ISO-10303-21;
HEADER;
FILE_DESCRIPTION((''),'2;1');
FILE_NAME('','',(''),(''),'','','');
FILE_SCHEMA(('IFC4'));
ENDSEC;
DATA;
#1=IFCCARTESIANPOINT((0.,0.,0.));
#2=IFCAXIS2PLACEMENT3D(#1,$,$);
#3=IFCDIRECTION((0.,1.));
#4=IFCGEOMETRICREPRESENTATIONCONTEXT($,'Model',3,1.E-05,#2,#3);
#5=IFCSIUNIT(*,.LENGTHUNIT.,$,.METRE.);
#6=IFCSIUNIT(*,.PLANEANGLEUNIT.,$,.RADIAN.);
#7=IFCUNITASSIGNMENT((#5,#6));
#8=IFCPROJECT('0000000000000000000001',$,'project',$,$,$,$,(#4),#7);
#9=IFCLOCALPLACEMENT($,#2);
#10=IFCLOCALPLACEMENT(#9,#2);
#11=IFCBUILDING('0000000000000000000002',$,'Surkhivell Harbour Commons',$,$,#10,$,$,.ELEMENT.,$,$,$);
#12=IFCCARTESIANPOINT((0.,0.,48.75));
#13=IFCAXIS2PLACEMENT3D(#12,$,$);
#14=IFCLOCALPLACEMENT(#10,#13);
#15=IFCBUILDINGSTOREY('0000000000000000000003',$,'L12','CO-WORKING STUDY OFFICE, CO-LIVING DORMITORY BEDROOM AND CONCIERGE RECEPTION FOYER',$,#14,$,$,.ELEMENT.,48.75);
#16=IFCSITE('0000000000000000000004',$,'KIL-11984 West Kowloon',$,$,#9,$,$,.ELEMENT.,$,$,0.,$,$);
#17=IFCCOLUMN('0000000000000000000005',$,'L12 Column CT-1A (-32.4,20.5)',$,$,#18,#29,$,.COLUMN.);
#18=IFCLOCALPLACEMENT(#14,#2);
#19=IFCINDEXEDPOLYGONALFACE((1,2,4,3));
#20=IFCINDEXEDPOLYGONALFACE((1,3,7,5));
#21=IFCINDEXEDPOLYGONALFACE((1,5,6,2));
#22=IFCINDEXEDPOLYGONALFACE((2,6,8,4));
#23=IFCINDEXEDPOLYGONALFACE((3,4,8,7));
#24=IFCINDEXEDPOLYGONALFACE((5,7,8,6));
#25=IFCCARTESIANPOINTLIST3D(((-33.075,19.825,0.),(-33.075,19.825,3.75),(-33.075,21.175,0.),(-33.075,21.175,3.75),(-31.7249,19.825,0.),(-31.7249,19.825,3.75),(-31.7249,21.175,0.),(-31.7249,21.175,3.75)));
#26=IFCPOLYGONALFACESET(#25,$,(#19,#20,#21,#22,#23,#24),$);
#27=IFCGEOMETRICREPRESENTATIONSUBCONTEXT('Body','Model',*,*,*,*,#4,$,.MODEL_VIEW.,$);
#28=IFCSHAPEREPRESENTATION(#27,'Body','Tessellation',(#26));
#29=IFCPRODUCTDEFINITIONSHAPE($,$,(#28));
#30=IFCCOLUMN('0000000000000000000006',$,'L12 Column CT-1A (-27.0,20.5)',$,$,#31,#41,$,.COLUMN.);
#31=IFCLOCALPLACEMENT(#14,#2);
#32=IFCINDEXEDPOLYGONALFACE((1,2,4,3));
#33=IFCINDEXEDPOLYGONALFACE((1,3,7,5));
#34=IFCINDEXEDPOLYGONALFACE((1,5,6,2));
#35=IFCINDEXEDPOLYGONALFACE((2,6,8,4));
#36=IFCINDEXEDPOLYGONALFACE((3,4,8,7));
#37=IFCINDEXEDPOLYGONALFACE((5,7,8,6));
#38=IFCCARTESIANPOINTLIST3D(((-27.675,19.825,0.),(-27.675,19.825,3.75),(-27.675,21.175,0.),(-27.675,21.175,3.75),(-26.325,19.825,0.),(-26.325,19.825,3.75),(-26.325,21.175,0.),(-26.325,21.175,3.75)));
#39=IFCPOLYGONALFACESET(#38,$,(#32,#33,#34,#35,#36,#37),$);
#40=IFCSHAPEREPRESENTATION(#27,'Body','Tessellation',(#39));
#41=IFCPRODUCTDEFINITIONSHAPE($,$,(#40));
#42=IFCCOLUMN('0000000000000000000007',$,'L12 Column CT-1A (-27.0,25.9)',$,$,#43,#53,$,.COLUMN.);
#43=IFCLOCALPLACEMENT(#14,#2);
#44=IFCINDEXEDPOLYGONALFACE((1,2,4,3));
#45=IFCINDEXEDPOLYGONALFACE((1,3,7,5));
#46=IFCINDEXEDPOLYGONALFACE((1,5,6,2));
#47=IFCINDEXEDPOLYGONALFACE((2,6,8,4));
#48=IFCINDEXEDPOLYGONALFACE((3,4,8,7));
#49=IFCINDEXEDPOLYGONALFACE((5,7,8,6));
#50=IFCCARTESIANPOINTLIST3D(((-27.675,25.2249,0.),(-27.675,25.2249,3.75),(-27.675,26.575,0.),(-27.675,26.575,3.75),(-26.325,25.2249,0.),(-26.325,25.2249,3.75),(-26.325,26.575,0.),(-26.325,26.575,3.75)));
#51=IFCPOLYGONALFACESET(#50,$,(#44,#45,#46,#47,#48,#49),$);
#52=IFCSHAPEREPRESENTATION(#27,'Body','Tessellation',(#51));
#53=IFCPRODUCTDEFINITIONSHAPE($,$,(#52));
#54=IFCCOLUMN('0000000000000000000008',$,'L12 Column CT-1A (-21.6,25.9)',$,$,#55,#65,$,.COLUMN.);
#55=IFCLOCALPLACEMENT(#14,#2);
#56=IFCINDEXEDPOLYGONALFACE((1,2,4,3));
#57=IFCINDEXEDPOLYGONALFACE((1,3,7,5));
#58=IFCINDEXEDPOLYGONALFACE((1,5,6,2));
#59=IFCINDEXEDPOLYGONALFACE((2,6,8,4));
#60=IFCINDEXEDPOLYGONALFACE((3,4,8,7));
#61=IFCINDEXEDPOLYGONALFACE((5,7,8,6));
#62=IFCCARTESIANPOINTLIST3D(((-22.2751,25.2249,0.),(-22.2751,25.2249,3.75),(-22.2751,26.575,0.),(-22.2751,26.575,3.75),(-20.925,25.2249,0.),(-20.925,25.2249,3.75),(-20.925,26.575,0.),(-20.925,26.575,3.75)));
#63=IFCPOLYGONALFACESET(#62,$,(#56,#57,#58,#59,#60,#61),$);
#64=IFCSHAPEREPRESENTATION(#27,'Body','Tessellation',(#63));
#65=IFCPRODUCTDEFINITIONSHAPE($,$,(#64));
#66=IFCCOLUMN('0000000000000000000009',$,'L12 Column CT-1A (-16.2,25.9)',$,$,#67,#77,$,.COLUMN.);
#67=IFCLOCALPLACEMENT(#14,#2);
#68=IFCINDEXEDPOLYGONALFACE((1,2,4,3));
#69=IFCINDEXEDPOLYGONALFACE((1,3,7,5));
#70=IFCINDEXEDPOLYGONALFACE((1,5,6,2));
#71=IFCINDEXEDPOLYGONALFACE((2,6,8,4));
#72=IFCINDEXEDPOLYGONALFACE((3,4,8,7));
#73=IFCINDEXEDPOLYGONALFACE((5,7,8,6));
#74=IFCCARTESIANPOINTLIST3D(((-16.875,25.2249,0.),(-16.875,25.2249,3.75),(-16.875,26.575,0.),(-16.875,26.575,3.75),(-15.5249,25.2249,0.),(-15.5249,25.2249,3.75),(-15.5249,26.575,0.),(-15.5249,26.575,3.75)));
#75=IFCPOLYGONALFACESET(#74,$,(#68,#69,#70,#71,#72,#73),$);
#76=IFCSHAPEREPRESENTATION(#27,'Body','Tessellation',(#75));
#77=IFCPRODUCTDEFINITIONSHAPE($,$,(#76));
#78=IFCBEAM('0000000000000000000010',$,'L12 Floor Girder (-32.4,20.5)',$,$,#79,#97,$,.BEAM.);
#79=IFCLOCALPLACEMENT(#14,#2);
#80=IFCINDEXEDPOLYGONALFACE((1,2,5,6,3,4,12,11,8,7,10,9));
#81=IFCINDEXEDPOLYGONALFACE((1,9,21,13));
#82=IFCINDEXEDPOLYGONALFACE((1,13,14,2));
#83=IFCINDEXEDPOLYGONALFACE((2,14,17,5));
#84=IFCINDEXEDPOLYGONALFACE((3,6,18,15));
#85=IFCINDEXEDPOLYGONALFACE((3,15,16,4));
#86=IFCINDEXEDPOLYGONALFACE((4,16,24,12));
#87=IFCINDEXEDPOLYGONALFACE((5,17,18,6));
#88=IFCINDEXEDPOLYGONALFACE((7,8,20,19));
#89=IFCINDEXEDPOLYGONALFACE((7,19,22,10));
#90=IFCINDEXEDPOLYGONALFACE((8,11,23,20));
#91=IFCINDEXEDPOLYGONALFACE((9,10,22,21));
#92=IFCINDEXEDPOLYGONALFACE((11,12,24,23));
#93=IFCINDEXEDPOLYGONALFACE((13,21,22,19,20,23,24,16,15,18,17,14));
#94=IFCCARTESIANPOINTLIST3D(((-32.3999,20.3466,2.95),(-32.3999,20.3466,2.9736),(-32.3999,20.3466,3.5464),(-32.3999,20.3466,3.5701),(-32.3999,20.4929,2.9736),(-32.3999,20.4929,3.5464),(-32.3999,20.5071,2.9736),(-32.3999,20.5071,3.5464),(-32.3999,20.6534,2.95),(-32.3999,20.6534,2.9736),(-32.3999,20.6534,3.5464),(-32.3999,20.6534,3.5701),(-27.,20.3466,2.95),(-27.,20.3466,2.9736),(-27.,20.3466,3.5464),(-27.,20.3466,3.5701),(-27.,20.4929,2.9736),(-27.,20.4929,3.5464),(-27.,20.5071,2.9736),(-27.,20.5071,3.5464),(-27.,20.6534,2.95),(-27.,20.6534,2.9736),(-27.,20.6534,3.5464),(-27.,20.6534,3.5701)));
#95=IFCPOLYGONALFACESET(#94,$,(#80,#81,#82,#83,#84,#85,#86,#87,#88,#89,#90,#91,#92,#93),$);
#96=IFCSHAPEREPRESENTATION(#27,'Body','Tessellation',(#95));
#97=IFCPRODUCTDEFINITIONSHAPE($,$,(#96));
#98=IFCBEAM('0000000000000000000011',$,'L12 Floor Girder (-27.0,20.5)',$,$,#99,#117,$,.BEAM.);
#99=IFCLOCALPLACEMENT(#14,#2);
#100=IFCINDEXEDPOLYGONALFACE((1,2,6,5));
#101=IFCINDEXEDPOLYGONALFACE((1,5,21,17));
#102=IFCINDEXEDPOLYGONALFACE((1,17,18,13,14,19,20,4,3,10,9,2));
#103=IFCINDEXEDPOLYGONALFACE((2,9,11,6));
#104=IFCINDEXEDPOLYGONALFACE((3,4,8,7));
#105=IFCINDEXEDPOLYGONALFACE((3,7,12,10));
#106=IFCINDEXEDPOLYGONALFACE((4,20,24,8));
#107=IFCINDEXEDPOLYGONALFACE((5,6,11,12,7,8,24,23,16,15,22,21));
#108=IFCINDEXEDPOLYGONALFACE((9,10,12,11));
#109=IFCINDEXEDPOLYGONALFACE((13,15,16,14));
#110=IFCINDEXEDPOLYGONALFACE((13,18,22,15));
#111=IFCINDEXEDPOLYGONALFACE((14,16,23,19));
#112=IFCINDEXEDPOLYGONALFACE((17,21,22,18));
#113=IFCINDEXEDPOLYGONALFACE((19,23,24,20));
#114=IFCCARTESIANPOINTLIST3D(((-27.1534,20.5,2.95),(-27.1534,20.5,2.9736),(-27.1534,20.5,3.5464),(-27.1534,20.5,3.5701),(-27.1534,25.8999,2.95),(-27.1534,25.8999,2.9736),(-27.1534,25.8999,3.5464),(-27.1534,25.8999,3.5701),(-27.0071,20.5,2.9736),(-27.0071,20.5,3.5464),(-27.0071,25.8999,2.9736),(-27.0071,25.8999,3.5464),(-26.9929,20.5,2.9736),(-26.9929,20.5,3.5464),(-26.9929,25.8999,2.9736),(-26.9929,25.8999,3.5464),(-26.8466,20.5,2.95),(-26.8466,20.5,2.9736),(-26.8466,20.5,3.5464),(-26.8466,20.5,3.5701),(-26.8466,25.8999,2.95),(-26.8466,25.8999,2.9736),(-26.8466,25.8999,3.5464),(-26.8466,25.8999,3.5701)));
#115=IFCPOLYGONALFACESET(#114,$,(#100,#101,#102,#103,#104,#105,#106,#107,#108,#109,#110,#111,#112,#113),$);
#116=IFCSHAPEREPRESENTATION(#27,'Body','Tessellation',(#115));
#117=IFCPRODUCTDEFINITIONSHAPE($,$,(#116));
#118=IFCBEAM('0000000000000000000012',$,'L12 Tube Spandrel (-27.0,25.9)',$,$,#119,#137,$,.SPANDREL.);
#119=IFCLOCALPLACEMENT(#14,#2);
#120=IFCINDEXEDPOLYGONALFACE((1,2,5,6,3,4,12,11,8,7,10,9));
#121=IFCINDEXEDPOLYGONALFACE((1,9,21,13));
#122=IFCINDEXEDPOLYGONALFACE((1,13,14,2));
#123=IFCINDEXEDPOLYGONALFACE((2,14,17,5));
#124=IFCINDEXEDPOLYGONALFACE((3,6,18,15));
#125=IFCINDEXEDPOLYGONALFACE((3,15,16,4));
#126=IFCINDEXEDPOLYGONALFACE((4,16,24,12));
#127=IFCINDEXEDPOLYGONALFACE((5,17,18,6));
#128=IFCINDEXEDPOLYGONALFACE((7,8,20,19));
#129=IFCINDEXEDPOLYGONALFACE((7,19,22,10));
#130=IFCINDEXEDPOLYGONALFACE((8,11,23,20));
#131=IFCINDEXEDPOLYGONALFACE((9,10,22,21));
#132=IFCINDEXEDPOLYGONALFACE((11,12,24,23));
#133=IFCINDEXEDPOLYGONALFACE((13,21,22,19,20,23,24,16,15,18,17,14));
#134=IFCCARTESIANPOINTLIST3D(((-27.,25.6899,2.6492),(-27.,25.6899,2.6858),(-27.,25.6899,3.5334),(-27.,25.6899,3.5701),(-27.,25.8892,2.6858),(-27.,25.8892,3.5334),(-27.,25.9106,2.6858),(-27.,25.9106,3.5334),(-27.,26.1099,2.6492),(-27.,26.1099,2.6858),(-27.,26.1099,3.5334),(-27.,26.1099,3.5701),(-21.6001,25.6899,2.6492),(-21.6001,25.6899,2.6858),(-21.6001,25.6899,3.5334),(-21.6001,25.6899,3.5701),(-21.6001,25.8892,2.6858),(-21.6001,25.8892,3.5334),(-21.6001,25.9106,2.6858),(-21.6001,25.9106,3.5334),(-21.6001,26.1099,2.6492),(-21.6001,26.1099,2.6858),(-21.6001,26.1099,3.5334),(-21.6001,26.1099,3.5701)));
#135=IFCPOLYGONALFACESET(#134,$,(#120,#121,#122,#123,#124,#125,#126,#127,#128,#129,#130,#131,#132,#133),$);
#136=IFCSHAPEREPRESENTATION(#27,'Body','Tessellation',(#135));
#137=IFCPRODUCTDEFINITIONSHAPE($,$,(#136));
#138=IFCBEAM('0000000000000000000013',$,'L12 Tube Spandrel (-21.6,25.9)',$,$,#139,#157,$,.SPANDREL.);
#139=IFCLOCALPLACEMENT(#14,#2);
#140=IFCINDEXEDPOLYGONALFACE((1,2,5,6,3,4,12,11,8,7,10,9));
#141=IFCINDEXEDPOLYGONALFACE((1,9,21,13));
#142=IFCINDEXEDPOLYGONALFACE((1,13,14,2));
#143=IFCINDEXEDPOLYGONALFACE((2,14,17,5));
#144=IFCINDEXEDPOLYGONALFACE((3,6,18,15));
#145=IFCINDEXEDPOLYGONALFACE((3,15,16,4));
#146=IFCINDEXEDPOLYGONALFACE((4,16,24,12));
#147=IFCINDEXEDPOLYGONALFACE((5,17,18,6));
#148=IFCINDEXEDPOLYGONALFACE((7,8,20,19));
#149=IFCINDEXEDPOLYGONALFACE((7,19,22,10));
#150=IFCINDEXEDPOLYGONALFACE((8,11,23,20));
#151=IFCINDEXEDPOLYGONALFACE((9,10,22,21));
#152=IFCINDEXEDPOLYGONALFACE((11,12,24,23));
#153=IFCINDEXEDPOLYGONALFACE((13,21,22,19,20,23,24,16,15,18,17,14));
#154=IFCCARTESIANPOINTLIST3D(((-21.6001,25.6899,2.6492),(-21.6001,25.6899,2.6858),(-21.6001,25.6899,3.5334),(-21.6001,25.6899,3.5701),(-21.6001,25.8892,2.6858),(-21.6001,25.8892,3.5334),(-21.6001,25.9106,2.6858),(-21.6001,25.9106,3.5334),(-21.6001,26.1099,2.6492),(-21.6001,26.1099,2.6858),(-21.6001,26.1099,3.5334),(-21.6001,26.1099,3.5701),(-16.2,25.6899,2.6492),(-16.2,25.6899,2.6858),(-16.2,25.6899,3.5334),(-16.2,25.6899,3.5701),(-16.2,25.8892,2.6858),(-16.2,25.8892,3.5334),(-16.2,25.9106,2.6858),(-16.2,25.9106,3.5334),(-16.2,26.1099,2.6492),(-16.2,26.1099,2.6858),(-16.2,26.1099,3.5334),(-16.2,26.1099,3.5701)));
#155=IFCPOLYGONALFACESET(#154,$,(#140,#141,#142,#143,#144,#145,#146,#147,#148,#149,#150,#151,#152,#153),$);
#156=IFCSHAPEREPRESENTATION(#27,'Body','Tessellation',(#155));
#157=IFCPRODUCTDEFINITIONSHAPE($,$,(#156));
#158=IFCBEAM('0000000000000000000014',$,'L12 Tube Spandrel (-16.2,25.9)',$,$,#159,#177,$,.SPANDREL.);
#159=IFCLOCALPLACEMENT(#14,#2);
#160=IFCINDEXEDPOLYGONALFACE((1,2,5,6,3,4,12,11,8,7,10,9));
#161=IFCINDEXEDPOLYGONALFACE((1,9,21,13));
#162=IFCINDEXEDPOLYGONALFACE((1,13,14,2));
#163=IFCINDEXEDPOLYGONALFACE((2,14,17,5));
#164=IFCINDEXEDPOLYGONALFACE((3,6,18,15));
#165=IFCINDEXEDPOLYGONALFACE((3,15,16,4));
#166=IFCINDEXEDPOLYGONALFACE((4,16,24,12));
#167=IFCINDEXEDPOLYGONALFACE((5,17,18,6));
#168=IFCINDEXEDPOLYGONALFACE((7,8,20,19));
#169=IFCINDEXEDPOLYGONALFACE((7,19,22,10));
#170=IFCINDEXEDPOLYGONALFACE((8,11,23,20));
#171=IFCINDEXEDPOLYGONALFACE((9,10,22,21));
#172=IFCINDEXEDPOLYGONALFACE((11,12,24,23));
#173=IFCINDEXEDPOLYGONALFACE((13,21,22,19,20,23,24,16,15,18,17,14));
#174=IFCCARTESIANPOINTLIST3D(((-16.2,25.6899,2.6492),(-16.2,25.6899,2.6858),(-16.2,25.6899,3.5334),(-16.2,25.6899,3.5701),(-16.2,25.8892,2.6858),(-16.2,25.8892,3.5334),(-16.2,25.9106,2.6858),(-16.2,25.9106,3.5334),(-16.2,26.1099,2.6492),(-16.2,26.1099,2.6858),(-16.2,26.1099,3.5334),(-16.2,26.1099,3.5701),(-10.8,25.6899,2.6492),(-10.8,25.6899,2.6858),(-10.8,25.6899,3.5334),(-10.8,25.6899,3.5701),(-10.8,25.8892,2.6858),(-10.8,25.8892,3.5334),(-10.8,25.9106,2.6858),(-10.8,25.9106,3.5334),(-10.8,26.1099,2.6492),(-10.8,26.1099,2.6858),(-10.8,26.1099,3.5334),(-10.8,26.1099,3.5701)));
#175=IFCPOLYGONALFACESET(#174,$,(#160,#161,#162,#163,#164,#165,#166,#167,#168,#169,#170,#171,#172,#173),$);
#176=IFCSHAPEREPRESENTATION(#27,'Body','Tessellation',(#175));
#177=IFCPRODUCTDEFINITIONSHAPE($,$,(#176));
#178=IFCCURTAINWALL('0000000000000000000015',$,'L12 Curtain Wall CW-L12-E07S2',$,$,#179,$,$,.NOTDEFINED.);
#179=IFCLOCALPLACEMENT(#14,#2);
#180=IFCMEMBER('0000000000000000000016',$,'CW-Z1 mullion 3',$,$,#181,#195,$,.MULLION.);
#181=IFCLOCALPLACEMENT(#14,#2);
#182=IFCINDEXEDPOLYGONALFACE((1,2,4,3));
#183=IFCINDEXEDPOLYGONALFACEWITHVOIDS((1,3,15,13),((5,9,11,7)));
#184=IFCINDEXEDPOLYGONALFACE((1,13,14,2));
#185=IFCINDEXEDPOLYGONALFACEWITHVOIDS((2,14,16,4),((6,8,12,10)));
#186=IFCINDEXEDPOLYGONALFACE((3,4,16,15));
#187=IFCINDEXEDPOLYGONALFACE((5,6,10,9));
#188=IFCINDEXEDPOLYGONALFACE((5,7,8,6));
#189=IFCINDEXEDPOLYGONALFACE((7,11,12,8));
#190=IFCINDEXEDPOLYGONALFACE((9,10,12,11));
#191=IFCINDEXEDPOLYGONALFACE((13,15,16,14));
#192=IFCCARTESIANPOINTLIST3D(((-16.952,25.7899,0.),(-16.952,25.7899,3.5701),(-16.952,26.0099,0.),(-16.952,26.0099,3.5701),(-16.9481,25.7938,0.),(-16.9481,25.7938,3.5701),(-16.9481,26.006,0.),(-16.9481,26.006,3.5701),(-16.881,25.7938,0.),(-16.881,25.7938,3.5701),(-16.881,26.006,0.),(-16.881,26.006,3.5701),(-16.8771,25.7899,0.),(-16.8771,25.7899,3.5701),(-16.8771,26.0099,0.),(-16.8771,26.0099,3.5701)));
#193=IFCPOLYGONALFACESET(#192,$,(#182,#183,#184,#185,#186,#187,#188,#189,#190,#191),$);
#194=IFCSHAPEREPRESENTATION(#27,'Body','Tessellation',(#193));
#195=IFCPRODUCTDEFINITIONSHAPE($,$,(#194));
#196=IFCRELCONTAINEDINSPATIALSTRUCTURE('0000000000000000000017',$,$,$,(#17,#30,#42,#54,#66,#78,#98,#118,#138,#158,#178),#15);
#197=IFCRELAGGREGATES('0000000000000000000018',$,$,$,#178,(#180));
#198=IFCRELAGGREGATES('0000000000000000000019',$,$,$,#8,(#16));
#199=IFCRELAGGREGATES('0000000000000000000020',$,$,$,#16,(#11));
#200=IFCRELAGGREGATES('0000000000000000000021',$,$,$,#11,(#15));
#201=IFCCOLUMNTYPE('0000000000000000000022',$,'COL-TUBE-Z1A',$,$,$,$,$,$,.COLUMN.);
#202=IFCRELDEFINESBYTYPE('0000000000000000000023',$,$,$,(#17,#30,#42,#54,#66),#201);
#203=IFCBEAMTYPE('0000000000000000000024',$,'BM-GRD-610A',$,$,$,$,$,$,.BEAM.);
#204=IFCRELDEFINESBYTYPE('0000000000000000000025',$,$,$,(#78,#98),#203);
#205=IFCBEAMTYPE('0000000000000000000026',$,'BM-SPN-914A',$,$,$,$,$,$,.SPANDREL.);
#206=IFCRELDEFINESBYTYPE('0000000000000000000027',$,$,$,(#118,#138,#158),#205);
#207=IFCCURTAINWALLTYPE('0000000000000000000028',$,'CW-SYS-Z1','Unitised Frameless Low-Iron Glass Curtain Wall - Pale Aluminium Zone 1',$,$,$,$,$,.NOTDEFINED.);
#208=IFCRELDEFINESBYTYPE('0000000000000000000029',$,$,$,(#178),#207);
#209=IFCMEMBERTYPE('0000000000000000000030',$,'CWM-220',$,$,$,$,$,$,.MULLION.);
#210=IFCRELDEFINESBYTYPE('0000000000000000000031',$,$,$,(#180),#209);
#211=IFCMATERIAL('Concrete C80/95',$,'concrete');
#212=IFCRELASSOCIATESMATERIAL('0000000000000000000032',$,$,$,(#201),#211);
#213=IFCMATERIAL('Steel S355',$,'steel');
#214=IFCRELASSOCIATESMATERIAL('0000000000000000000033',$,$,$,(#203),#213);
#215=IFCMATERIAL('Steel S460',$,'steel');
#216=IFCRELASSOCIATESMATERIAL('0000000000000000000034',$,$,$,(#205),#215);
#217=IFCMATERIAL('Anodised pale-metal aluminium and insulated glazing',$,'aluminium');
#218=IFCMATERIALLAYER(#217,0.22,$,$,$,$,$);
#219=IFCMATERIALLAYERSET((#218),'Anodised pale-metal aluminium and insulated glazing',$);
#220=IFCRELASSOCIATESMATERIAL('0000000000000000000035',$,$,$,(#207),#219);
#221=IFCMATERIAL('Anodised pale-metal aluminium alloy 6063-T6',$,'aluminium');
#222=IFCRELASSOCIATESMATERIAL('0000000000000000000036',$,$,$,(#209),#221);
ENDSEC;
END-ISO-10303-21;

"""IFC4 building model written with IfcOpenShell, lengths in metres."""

from ifc_helpers import new_model, si_unit, direction, frame, origin, origin_2d, place, context, subcontext, project, spatial, rectangle, hollow_rectangle, i_section, extrude, material, layer, layer_set, material_profile, profile_set, type_object, element, aggregate, save


model = new_model("IFC4")

# Units and contexts
model_context = context("Model", 3, precision=1e-05, world=origin(), true_north=direction((0.0, 1.0)))
body_context = subcontext(model_context, "Body", "Model", "MODEL_VIEW")
ifc_project = project(units=[si_unit("LENGTHUNIT", "METRE"), si_unit("PLANEANGLEUNIT", "RADIAN")], contexts=[model_context])

# Site, building, storey
site_placement = place(None, origin())
site = spatial("IfcSite", under=ifc_project, at=site_placement, Name="KIL-11984 West Kowloon", CompositionType="ELEMENT", RefElevation=0.0)
building_placement = place(site_placement, origin())
building = spatial("IfcBuilding", under=site, at=building_placement, Name="Surkhivell Harbour Commons", CompositionType="ELEMENT")
storey_placement = place(building_placement, frame((0.0, 0.0, 48.75)))
storey = spatial("IfcBuildingStorey", under=building, at=storey_placement, Name="L12", Description="CO-WORKING STUDY OFFICE, CO-LIVING DORMITORY BEDROOM AND CONCIERGE RECEPTION FOYER", CompositionType="ELEMENT", Elevation=48.75)

# Columns
ifc_material_1 = material(Name="Concrete C80/95", Category="concrete")
ifc_material_profile_1 = material_profile(ifc_material_1, rectangle(XDim=1.3501, YDim=1.3501, at=origin_2d()), Name="RC-COL-1350x1350")
ifc_profile_set_1 = profile_set([ifc_material_profile_1], Name="Concrete C80/95")
column_type = type_object("IfcColumnType", Name="COL-TUBE-Z1A", PredefinedType="COLUMN", material=ifc_profile_set_1)
for number, where, z_axis, x_axis, name in (
    (1, (-32.3999, 20.5, 0.0), (0.0, 0.0, 1.0), (1.0, 0.0, 0.0), "L12 Column CT-1A (-32.4,20.5)"),
    (2, (-27.0, 20.5, 0.0), (0.0, 0.0, 1.0), (1.0, 0.0, 0.0), "L12 Column CT-1A (-27.0,20.5)"),
    (3, (-27.0, 25.8999, 0.0), (0.0, 0.0, 1.0), (1.0, 0.0, 0.0), "L12 Column CT-1A (-27.0,25.9)"),
    (4, (-21.6001, 25.8999, 0.0), (0.0, 0.0, 1.0), (1.0, 0.0, 0.0), "L12 Column CT-1A (-21.6,25.9)"),
    (5, (-16.2, 25.8999, 0.0), (0.0, 0.0, 1.0), (1.0, 0.0, 0.0), "L12 Column CT-1A (-16.2,25.9)"),
):
    element("IfcColumn", number, at=place(storey_placement, frame(where, z_axis=z_axis, x_axis=x_axis)), inside=storey, type_object=column_type, Name=name, PredefinedType="COLUMN", context=body_context, shape_type="SweptSolid", body=[
        extrude(rectangle(XDim=1.3501, YDim=1.3501, at=origin_2d()), origin(), (0.0, 0.0, 1.0), 3.75),
    ])

# Beams
ifc_material_2 = material(Name="Steel S355", Category="steel")
ifc_material_profile_2 = material_profile(ifc_material_2, i_section(OverallWidth=0.3069, OverallDepth=0.6201, WebThickness=0.0142, FlangeThickness=0.0237, at=origin_2d()), Name="UB610x305x179")
ifc_profile_set_2 = profile_set([ifc_material_profile_2], Name="Steel S355")
beam_type_1 = type_object("IfcBeamType", Name="BM-GRD-610A", PredefinedType="BEAM", material=ifc_profile_set_2)
for number, where, z_axis, x_axis, name in (
    (6, (-32.3999, 20.5, 3.26), (1.0, 0.0, 0.0), (0.0, 1.0, 0.0), "L12 Floor Girder (-32.4,20.5)"),
    (7, (-27.0, 20.5, 3.26), (0.0, 1.0, 0.0), (-1.0, 0.0, 0.0), "L12 Floor Girder (-27.0,20.5)"),
):
    element("IfcBeam", number, at=place(storey_placement, frame(where, z_axis=z_axis, x_axis=x_axis)), inside=storey, type_object=beam_type_1, Name=name, PredefinedType="BEAM", context=body_context, shape_type="SweptSolid", body=[
        extrude(i_section(OverallWidth=0.3069, OverallDepth=0.6201, WebThickness=0.0142, FlangeThickness=0.0237, at=origin_2d()), origin(), (0.0, 0.0, 1.0), 5.3999),
    ])
ifc_material_3 = material(Name="Steel S460", Category="steel")
ifc_material_profile_3 = material_profile(ifc_material_3, i_section(OverallWidth=0.4199, OverallDepth=0.9209, WebThickness=0.0215, FlangeThickness=0.0366, at=origin_2d()), Name="UB914x419x388")
ifc_profile_set_3 = profile_set([ifc_material_profile_3], Name="Steel S460")
beam_type_2 = type_object("IfcBeamType", Name="BM-SPN-914A", PredefinedType="SPANDREL", material=ifc_profile_set_3)
beam_1_placement = place(storey_placement, frame((-27.0, 25.8999, 3.1096), z_axis=(1.0, 0.0, 0.0), x_axis=(0.0, 1.0, 0.0)))
element("IfcBeam", 8, at=beam_1_placement, inside=storey, type_object=beam_type_2, Name="L12 Tube Spandrel (-27.0,25.9)", PredefinedType="SPANDREL", context=body_context, shape_type="SweptSolid", body=[
    extrude(i_section(OverallWidth=0.4199, OverallDepth=0.9209, WebThickness=0.0215, FlangeThickness=0.0366, at=origin_2d()), origin(), (0.0, 0.0, 1.0), 5.3999),
])
beam_2_placement = place(storey_placement, frame((-21.6001, 25.8999, 3.1096), z_axis=(1.0, 0.0, 0.0), x_axis=(0.0, 1.0, 0.0)))
element("IfcBeam", 9, at=beam_2_placement, inside=storey, type_object=beam_type_2, Name="L12 Tube Spandrel (-21.6,25.9)", PredefinedType="SPANDREL", context=body_context, shape_type="SweptSolid", body=[
    extrude(i_section(OverallWidth=0.4199, OverallDepth=0.9209, WebThickness=0.0215, FlangeThickness=0.0366, at=origin_2d()), origin(), (0.0, 0.0, 1.0), 5.4001),
])
beam_3_placement = place(storey_placement, frame((-16.2, 25.8999, 3.1096), z_axis=(1.0, 0.0, 0.0), x_axis=(0.0, 1.0, 0.0)))
element("IfcBeam", 10, at=beam_3_placement, inside=storey, type_object=beam_type_2, Name="L12 Tube Spandrel (-16.2,25.9)", PredefinedType="SPANDREL", context=body_context, shape_type="SweptSolid", body=[
    extrude(i_section(OverallWidth=0.4199, OverallDepth=0.9209, WebThickness=0.0215, FlangeThickness=0.0366, at=origin_2d()), origin(), (0.0, 0.0, 1.0), 5.3999),
])

# Curtain wall, member
ifc_material_4 = material(Name="Anodised pale-metal aluminium and insulated glazing", Category="aluminium")
ifc_layer_1 = layer(ifc_material_4, 0.22)
ifc_layer_set_1 = layer_set([ifc_layer_1], Name="Anodised pale-metal aluminium and insulated glazing")
curtain_wall_type = type_object("IfcCurtainWallType", Name="CW-SYS-Z1", Description="Unitised Frameless Low-Iron Glass Curtain Wall - Pale Aluminium Zone 1", PredefinedType="NOTDEFINED", material=ifc_layer_set_1)
curtain_wall_1_placement = place(storey_placement, origin())
curtain_wall_1 = element("IfcCurtainWall", 11, at=curtain_wall_1_placement, inside=storey, type_object=curtain_wall_type, Name="L12 Curtain Wall CW-L12-E07S2", PredefinedType="NOTDEFINED")
ifc_material_5 = material(Name="Anodised pale-metal aluminium alloy 6063-T6", Category="aluminium")
ifc_material_profile_4 = material_profile(ifc_material_5, hollow_rectangle(XDim=0.075, YDim=0.22, WallThickness=0.0039, at=origin_2d()), Name="ALU-MULL-75x220")
ifc_profile_set_4 = profile_set([ifc_material_profile_4], Name="Anodised pale-metal aluminium alloy 6063-T6")
member_type_1 = type_object("IfcMemberType", Name="CWM-220", PredefinedType="MULLION", material=ifc_profile_set_4)
member_1_placement = place(storey_placement, frame((-16.9146, 25.8999, 0.0), z_axis=(0.0, 0.0, 1.0), x_axis=(-1.0, 0.0, 0.0)))
member_1 = element("IfcMember", 12, at=member_1_placement, type_object=member_type_1, Name="CW-Z1 mullion 3", PredefinedType="MULLION", context=body_context, shape_type="SweptSolid", body=[
    extrude(hollow_rectangle(XDim=0.075, YDim=0.22, WallThickness=0.0039, at=origin_2d()), origin(), (0.0, 0.0, 1.0), 3.5701),
])

aggregate(curtain_wall_1, [member_1])

save(model, "model.ifc")
